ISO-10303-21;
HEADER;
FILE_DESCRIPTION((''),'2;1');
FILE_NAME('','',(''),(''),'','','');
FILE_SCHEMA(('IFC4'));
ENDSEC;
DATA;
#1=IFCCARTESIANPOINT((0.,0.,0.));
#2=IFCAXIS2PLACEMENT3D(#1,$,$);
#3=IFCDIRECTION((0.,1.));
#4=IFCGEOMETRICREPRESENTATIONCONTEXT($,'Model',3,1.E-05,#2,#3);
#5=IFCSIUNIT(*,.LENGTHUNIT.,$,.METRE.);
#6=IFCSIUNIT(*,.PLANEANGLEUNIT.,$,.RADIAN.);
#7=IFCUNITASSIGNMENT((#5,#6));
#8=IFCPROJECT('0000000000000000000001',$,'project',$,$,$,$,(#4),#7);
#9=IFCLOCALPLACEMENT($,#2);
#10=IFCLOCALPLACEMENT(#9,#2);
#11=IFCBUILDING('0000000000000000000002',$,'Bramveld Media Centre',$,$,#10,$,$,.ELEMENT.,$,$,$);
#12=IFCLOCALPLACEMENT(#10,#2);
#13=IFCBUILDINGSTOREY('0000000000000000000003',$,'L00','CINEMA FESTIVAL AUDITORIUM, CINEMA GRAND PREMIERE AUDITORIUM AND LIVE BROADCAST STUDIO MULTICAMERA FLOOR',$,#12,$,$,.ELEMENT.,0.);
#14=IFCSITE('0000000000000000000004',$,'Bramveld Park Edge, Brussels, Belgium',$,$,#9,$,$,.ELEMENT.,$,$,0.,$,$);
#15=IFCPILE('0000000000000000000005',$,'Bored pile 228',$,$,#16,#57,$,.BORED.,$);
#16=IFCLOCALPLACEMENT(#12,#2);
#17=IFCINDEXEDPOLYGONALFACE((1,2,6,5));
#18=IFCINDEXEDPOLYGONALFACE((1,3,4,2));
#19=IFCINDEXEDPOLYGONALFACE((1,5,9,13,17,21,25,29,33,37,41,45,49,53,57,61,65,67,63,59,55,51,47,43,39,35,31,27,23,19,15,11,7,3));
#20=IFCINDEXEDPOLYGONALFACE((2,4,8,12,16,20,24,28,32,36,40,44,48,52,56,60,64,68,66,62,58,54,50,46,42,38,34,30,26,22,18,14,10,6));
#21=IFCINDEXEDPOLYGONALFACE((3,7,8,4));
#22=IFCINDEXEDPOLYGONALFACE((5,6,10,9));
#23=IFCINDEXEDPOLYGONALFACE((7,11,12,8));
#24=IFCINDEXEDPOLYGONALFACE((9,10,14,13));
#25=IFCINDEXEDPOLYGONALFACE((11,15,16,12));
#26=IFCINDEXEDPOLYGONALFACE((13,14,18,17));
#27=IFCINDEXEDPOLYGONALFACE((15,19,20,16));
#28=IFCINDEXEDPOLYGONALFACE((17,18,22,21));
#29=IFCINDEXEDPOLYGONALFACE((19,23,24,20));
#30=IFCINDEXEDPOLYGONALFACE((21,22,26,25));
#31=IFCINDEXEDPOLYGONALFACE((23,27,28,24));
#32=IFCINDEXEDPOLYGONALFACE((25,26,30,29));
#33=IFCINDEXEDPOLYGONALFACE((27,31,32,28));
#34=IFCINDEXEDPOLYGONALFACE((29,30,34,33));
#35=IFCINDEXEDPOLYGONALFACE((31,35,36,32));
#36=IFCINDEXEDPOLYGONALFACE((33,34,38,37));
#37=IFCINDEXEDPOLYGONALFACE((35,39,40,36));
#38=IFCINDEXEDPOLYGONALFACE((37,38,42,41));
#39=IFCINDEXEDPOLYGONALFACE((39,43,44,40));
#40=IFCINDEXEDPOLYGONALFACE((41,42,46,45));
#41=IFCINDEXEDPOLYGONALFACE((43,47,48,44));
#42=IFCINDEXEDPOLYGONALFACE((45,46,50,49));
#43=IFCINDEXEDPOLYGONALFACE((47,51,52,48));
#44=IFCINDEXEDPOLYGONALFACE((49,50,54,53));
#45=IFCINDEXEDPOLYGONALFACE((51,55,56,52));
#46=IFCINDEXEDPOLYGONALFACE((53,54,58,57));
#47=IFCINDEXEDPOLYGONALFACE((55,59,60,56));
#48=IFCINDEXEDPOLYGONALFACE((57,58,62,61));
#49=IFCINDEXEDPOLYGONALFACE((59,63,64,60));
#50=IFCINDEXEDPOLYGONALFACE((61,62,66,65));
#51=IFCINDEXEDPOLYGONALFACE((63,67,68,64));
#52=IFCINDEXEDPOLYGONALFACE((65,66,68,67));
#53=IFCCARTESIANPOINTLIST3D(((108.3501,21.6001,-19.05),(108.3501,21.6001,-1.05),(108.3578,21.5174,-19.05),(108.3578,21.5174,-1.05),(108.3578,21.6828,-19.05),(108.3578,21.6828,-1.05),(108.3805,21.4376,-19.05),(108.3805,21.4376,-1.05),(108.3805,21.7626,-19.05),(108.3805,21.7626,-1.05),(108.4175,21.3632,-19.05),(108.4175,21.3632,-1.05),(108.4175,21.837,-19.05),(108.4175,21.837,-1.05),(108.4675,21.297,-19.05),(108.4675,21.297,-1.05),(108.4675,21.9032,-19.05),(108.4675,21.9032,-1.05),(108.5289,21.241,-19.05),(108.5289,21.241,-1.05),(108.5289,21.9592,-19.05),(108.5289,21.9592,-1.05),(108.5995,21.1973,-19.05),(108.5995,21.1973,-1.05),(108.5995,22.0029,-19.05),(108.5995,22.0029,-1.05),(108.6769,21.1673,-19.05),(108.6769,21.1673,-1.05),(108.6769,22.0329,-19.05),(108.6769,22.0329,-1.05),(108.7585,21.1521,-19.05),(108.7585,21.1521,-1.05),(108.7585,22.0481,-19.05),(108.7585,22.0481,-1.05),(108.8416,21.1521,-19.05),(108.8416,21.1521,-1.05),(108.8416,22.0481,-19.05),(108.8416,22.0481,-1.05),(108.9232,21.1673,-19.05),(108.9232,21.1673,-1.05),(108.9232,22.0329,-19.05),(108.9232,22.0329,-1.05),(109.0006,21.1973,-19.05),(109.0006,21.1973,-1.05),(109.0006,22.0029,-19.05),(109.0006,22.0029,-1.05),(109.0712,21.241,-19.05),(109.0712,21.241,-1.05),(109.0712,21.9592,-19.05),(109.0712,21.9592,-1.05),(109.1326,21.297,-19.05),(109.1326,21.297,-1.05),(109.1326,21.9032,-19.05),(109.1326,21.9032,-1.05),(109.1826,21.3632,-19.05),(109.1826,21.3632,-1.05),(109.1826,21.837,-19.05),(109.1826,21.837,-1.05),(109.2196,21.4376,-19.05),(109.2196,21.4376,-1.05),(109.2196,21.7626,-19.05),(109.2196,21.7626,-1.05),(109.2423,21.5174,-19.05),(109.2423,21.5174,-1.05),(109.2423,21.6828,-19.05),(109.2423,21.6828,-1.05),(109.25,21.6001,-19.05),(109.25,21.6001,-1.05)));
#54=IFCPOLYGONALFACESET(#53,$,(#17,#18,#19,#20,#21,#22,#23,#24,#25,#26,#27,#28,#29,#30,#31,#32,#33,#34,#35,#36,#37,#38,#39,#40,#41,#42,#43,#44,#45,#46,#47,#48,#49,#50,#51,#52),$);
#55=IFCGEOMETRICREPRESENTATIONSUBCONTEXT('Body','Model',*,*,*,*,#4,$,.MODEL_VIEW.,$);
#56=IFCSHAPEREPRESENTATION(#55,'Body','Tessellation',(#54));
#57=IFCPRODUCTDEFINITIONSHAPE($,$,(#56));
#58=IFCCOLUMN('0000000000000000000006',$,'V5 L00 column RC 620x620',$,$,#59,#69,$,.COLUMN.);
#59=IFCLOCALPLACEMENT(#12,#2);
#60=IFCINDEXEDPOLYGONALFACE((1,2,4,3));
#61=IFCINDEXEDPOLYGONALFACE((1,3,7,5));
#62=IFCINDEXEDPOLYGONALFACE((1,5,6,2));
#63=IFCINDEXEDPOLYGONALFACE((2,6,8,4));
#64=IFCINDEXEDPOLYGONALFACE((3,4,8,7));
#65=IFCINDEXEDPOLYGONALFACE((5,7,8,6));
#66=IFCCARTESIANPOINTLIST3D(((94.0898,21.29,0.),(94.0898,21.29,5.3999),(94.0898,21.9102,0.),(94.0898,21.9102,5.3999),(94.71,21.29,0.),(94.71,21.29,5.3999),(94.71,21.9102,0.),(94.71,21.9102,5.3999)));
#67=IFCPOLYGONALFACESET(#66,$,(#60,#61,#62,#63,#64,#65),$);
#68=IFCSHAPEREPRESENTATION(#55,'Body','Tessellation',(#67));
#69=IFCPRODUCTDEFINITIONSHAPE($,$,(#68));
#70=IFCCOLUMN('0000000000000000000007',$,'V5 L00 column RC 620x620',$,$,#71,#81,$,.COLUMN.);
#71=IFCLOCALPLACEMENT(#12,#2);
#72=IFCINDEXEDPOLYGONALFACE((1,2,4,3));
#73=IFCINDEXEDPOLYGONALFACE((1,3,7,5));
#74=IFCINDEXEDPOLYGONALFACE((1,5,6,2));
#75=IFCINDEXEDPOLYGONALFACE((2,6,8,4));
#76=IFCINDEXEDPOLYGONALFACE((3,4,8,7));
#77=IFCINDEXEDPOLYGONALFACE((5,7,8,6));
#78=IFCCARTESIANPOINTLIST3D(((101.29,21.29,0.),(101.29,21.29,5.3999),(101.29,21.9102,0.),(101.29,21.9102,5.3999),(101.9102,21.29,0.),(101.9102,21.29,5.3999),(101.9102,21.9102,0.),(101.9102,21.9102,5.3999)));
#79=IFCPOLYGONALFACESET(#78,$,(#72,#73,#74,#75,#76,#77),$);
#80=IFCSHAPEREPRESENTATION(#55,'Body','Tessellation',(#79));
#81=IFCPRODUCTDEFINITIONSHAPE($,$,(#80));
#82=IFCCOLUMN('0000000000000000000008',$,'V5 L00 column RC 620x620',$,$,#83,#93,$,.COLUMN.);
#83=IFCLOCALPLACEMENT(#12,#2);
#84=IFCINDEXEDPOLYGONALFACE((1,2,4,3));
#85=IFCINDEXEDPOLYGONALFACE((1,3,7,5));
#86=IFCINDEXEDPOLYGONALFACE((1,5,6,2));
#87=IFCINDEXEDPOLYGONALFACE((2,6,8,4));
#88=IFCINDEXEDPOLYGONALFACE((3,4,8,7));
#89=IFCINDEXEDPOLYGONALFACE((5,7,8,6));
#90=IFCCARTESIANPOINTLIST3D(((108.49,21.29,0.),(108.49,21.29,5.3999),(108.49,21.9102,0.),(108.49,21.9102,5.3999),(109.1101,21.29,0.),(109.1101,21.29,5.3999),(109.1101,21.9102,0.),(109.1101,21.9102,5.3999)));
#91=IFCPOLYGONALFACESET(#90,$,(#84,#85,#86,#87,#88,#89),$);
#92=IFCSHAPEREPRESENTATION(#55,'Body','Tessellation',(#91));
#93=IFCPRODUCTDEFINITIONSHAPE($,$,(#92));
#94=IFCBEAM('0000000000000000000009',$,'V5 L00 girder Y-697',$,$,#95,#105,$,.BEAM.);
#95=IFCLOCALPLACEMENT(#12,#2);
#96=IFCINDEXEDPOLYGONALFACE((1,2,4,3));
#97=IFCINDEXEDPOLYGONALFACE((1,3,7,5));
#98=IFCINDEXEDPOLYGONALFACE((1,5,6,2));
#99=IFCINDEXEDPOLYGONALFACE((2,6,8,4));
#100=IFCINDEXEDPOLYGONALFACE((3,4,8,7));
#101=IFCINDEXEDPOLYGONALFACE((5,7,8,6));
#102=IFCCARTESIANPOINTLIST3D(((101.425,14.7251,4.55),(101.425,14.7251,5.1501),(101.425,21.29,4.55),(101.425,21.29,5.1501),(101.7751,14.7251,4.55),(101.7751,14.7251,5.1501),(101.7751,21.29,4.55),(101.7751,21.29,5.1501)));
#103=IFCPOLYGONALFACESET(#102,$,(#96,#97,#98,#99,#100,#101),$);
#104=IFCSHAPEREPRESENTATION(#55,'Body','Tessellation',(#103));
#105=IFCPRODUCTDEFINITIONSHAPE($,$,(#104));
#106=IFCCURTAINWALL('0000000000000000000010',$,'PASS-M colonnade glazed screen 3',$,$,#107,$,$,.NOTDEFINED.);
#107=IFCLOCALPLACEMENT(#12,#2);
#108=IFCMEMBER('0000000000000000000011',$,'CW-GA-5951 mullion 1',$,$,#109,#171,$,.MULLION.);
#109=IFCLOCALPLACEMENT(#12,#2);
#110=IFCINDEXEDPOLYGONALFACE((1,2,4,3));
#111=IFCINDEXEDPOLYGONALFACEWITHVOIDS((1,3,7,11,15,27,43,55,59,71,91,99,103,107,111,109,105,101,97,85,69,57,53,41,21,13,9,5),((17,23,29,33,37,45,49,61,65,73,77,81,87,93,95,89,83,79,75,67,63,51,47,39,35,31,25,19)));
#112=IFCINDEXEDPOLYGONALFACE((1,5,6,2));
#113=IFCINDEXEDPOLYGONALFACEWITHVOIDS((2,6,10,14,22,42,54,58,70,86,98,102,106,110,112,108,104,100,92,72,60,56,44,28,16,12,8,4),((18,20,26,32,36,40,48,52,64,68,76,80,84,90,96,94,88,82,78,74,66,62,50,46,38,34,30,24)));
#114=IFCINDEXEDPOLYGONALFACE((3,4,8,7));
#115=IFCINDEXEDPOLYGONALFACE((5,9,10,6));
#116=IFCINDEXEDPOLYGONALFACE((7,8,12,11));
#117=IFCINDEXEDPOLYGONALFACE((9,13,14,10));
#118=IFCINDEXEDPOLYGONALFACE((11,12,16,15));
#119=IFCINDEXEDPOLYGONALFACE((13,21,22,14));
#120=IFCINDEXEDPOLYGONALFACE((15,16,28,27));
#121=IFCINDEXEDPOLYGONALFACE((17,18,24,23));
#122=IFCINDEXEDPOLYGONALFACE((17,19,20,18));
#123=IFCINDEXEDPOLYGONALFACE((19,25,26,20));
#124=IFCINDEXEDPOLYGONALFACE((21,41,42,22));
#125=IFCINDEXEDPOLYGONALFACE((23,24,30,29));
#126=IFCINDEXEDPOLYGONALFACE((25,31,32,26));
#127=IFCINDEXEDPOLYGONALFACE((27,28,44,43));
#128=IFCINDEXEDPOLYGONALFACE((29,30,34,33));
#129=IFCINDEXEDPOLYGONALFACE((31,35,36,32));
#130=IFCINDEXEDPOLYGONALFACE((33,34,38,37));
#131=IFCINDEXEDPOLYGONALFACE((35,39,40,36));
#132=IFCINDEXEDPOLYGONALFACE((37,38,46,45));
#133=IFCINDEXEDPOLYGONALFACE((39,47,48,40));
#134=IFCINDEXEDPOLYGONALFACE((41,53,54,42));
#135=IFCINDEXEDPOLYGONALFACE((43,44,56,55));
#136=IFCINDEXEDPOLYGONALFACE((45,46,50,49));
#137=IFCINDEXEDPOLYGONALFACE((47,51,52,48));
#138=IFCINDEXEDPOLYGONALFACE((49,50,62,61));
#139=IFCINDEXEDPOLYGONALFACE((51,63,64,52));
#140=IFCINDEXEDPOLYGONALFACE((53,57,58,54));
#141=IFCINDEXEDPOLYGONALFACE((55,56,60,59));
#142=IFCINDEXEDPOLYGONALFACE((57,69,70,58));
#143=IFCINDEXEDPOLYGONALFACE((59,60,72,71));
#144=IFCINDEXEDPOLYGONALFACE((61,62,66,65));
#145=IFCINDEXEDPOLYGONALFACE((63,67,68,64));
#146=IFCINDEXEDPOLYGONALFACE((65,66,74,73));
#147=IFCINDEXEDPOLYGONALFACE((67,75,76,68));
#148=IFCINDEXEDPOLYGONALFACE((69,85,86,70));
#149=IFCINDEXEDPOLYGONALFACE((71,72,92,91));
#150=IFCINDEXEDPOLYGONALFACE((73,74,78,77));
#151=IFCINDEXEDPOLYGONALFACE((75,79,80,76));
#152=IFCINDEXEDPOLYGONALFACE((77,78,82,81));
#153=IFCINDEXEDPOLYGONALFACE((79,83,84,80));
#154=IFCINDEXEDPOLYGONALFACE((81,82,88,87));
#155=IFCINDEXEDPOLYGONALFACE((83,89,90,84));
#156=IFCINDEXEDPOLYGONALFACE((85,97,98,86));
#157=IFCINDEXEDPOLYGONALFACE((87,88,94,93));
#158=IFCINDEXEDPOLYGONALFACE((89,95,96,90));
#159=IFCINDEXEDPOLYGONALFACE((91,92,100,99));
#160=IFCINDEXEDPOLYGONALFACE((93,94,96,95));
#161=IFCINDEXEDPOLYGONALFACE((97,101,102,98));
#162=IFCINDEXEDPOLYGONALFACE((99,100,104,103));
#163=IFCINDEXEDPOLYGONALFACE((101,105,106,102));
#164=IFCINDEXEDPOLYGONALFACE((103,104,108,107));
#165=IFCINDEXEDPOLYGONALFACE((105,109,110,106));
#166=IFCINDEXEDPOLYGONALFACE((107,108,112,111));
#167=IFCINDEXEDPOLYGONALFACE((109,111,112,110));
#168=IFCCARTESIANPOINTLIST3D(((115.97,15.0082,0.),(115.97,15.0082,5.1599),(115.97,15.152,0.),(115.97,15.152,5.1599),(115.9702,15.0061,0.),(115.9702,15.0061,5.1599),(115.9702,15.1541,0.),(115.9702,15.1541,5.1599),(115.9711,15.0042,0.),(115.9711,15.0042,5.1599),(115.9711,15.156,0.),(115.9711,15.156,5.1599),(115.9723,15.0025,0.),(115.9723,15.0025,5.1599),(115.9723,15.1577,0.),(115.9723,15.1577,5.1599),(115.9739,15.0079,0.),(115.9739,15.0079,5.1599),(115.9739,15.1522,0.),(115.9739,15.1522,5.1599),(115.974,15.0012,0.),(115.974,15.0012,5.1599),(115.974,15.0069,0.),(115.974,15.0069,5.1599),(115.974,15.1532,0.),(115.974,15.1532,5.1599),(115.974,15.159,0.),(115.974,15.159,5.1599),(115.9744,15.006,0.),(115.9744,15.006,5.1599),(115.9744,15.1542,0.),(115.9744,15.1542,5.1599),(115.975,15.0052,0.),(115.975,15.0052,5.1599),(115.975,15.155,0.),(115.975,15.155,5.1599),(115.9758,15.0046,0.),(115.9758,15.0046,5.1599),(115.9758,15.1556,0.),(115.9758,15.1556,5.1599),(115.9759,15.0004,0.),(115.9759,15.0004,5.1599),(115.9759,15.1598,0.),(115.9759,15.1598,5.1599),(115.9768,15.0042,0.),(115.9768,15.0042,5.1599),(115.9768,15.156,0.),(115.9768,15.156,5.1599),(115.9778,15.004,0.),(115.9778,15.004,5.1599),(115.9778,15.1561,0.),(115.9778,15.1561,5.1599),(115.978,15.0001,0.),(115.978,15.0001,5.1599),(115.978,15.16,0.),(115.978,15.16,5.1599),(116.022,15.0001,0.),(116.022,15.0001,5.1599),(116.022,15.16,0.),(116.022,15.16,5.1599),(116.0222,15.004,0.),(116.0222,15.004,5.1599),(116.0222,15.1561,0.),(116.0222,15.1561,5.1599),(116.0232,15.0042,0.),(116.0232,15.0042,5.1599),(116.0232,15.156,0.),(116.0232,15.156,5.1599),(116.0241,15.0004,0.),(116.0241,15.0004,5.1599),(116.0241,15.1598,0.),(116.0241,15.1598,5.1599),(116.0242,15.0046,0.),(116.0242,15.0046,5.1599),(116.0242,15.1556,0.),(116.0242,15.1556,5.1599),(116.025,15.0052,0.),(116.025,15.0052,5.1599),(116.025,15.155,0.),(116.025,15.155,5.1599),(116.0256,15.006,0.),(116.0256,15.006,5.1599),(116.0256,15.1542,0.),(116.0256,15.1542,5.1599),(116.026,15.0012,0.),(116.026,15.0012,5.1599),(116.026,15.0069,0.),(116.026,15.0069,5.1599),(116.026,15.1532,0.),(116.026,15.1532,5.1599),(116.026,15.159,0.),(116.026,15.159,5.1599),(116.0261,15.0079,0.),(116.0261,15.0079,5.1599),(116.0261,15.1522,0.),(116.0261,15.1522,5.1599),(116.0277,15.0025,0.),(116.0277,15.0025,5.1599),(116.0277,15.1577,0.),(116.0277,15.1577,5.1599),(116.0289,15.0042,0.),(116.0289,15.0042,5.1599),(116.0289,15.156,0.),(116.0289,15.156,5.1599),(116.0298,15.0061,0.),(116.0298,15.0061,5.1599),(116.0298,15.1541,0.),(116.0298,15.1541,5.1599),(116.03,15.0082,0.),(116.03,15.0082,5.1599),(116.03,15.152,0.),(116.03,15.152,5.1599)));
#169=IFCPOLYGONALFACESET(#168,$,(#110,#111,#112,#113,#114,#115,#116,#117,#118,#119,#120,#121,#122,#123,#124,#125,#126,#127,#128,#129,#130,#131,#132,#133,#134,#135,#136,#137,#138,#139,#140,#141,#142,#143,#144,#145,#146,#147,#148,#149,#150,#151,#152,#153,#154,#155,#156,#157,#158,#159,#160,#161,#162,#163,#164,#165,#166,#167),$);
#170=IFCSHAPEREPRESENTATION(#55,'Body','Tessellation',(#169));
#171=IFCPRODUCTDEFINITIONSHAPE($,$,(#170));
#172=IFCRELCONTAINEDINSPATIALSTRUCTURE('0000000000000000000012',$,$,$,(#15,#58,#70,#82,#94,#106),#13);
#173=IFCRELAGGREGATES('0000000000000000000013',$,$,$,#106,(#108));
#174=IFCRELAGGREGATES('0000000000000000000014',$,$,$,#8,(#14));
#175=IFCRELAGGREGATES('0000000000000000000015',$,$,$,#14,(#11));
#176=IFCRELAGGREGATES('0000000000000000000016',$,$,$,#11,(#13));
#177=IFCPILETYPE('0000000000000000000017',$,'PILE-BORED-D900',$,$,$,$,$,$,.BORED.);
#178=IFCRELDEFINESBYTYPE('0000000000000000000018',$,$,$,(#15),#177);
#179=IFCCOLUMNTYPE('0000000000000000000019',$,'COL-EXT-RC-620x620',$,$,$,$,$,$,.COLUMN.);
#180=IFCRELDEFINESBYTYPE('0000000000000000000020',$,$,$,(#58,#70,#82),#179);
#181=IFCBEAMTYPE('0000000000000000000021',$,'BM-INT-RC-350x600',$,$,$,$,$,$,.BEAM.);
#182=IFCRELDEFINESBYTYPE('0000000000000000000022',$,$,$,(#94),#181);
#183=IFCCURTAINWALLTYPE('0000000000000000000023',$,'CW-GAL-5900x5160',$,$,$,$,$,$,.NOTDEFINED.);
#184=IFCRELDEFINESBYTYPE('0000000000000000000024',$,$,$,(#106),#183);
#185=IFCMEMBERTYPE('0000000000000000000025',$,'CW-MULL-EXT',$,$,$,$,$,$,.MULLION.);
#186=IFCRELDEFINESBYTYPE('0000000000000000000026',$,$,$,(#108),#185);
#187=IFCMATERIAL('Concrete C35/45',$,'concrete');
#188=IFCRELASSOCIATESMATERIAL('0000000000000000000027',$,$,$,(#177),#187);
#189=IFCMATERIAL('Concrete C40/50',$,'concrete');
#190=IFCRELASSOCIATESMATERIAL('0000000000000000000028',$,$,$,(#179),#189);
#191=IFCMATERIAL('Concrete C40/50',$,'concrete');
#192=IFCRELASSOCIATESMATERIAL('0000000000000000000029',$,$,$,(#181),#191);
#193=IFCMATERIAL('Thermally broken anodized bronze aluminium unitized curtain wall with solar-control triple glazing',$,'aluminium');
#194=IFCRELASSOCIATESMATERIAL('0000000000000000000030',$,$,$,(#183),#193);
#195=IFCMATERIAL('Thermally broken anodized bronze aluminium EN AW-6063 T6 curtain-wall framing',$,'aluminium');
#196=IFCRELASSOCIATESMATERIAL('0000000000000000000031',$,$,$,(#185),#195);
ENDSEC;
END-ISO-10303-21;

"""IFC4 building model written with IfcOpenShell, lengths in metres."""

from ifc_helpers import new_model, si_unit, direction, frame, origin, origin_2d, place, context, subcontext, project, spatial, rectangle, hollow_rectangle, circle, extrude, material, material_profile, profile_set, type_object, element, aggregate, save


model = new_model("IFC4")

# Units and contexts
model_context = context("Model", 3, precision=1e-05, world=origin(), true_north=direction((0.0, 1.0)))
body_context = subcontext(model_context, "Body", "Model", "MODEL_VIEW")
ifc_project = project(units=[si_unit("LENGTHUNIT", "METRE"), si_unit("PLANEANGLEUNIT", "RADIAN")], contexts=[model_context])

# Site, building, storey
site_placement = place(None, origin())
site = spatial("IfcSite", under=ifc_project, at=site_placement, Name="Bramveld Park Edge, Brussels, Belgium", CompositionType="ELEMENT", RefElevation=0.0)
building_placement = place(site_placement, origin())
building = spatial("IfcBuilding", under=site, at=building_placement, Name="Bramveld Media Centre", CompositionType="ELEMENT")
storey_placement = place(building_placement, origin())
storey = spatial("IfcBuildingStorey", under=building, at=storey_placement, Name="L00", Description="CINEMA FESTIVAL AUDITORIUM, CINEMA GRAND PREMIERE AUDITORIUM AND LIVE BROADCAST STUDIO MULTICAMERA FLOOR", CompositionType="ELEMENT", Elevation=0.0)

# Pile
ifc_material_1 = material(Name="Concrete C35/45", Category="concrete")
ifc_material_profile_1 = material_profile(ifc_material_1, circle(Radius=0.45, at=origin_2d()), Name="BORED D900")
ifc_profile_set_1 = profile_set([ifc_material_profile_1], Name="Concrete C35/45")
pile_type = type_object("IfcPileType", Name="PILE-BORED-D900", PredefinedType="BORED", material=ifc_profile_set_1)
for number, where, z_axis, x_axis, name in (
    (1, (108.8, 21.6001, -1.05), (0.0, 0.0, -1.0), (1.0, 0.0, 0.0), "Bored pile 228"),
):
    element("IfcPile", number, at=place(storey_placement, frame(where, z_axis=z_axis, x_axis=x_axis)), inside=storey, type_object=pile_type, Name=name, PredefinedType="BORED", context=body_context, shape_type="SweptSolid", body=[
        extrude(circle(Radius=0.45, at=origin_2d()), origin(), (0.0, 0.0, 1.0), 18.0),
    ])

# Columns
ifc_material_2 = material(Name="Concrete C40/50", Category="concrete")
ifc_material_profile_2 = material_profile(ifc_material_2, rectangle(XDim=0.6201, YDim=0.6201, at=origin_2d()), Name="RC 620x620")
ifc_profile_set_2 = profile_set([ifc_material_profile_2], Name="Concrete C40/50")
column_type = type_object("IfcColumnType", Name="COL-EXT-RC-620x620", PredefinedType="COLUMN", material=ifc_profile_set_2)
for number, where, z_axis, x_axis, name in (
    (2, (94.3999, 21.6001, 0.0), (0.0, 0.0, 1.0), (1.0, 0.0, 0.0), "V5 L00 column RC 620x620"),
    (3, (101.6001, 21.6001, 0.0), (0.0, 0.0, 1.0), (1.0, 0.0, 0.0), "V5 L00 column RC 620x620"),
    (4, (108.8, 21.6001, 0.0), (0.0, 0.0, 1.0), (1.0, 0.0, 0.0), "V5 L00 column RC 620x620"),
):
    element("IfcColumn", number, at=place(storey_placement, frame(where, z_axis=z_axis, x_axis=x_axis)), inside=storey, type_object=column_type, Name=name, PredefinedType="COLUMN", context=body_context, shape_type="SweptSolid", body=[
        extrude(rectangle(XDim=0.6201, YDim=0.6201, at=origin_2d()), origin(), (0.0, 0.0, 1.0), 5.3999),
    ])

# Beam
ifc_material_3 = material(Name="Concrete C40/50", Category="concrete")
ifc_material_profile_3 = material_profile(ifc_material_3, rectangle(XDim=0.3501, YDim=0.6001, at=origin_2d()), Name="RC 350x600")
ifc_profile_set_3 = profile_set([ifc_material_profile_3], Name="Concrete C40/50")
beam_type_1 = type_object("IfcBeamType", Name="BM-INT-RC-350x600", PredefinedType="BEAM", material=ifc_profile_set_3)
beam_placement = place(storey_placement, frame((101.6001, 14.7251, 4.8501), z_axis=(0.0, 1.0, 0.0), x_axis=(-1.0, 0.0, 0.0)))
element("IfcBeam", 5, at=beam_placement, inside=storey, type_object=beam_type_1, Name="V5 L00 girder Y-697", PredefinedType="BEAM", context=body_context, shape_type="SweptSolid", body=[
    extrude(rectangle(XDim=0.3501, YDim=0.6001, at=origin_2d()), origin(), (0.0, 0.0, 1.0), 6.5649),
])

# Curtain wall, member
ifc_material_4 = material(Name="Thermally broken anodized bronze aluminium unitized curtain wall with solar-control triple glazing", Category="aluminium")
curtain_wall_type = type_object("IfcCurtainWallType", Name="CW-GAL-5900x5160", PredefinedType="NOTDEFINED", material=ifc_material_4)
curtain_wall_placement = place(storey_placement, origin())
curtain_wall = element("IfcCurtainWall", 6, at=curtain_wall_placement, inside=storey, type_object=curtain_wall_type, Name="PASS-M colonnade glazed screen 3", PredefinedType="NOTDEFINED")
ifc_material_5 = material(Name="Thermally broken anodized bronze aluminium EN AW-6063 T6 curtain-wall framing", Category="aluminium")
ifc_material_profile_4 = material_profile(ifc_material_5, hollow_rectangle(XDim=0.0601, YDim=0.1599, WallThickness=0.0039, InnerFilletRadius=0.0039, OuterFilletRadius=0.0081, at=origin_2d()), Name="AL-MULL 60x160")
ifc_profile_set_4 = profile_set([ifc_material_profile_4], Name="Thermally broken anodized bronze aluminium EN AW-6063 T6 curtain-wall framing")
member_type_1 = type_object("IfcMemberType", Name="CW-MULL-EXT", PredefinedType="MULLION", material=ifc_profile_set_4)
member_1_placement = place(storey_placement, frame((116.0, 15.0801, 0.0), z_axis=(0.0, 0.0, 1.0), x_axis=(-1.0, 0.0, 0.0)))
member_1 = element("IfcMember", 7, at=member_1_placement, type_object=member_type_1, Name="CW-GA-5951 mullion 1", PredefinedType="MULLION", context=body_context, shape_type="SweptSolid", body=[
    extrude(hollow_rectangle(XDim=0.0601, YDim=0.1599, WallThickness=0.0039, InnerFilletRadius=0.0039, OuterFilletRadius=0.0081, at=origin_2d()), origin(), (0.0, 0.0, 1.0), 5.1599),
])
aggregate(curtain_wall, [member_1])

save(model, "model.ifc")
